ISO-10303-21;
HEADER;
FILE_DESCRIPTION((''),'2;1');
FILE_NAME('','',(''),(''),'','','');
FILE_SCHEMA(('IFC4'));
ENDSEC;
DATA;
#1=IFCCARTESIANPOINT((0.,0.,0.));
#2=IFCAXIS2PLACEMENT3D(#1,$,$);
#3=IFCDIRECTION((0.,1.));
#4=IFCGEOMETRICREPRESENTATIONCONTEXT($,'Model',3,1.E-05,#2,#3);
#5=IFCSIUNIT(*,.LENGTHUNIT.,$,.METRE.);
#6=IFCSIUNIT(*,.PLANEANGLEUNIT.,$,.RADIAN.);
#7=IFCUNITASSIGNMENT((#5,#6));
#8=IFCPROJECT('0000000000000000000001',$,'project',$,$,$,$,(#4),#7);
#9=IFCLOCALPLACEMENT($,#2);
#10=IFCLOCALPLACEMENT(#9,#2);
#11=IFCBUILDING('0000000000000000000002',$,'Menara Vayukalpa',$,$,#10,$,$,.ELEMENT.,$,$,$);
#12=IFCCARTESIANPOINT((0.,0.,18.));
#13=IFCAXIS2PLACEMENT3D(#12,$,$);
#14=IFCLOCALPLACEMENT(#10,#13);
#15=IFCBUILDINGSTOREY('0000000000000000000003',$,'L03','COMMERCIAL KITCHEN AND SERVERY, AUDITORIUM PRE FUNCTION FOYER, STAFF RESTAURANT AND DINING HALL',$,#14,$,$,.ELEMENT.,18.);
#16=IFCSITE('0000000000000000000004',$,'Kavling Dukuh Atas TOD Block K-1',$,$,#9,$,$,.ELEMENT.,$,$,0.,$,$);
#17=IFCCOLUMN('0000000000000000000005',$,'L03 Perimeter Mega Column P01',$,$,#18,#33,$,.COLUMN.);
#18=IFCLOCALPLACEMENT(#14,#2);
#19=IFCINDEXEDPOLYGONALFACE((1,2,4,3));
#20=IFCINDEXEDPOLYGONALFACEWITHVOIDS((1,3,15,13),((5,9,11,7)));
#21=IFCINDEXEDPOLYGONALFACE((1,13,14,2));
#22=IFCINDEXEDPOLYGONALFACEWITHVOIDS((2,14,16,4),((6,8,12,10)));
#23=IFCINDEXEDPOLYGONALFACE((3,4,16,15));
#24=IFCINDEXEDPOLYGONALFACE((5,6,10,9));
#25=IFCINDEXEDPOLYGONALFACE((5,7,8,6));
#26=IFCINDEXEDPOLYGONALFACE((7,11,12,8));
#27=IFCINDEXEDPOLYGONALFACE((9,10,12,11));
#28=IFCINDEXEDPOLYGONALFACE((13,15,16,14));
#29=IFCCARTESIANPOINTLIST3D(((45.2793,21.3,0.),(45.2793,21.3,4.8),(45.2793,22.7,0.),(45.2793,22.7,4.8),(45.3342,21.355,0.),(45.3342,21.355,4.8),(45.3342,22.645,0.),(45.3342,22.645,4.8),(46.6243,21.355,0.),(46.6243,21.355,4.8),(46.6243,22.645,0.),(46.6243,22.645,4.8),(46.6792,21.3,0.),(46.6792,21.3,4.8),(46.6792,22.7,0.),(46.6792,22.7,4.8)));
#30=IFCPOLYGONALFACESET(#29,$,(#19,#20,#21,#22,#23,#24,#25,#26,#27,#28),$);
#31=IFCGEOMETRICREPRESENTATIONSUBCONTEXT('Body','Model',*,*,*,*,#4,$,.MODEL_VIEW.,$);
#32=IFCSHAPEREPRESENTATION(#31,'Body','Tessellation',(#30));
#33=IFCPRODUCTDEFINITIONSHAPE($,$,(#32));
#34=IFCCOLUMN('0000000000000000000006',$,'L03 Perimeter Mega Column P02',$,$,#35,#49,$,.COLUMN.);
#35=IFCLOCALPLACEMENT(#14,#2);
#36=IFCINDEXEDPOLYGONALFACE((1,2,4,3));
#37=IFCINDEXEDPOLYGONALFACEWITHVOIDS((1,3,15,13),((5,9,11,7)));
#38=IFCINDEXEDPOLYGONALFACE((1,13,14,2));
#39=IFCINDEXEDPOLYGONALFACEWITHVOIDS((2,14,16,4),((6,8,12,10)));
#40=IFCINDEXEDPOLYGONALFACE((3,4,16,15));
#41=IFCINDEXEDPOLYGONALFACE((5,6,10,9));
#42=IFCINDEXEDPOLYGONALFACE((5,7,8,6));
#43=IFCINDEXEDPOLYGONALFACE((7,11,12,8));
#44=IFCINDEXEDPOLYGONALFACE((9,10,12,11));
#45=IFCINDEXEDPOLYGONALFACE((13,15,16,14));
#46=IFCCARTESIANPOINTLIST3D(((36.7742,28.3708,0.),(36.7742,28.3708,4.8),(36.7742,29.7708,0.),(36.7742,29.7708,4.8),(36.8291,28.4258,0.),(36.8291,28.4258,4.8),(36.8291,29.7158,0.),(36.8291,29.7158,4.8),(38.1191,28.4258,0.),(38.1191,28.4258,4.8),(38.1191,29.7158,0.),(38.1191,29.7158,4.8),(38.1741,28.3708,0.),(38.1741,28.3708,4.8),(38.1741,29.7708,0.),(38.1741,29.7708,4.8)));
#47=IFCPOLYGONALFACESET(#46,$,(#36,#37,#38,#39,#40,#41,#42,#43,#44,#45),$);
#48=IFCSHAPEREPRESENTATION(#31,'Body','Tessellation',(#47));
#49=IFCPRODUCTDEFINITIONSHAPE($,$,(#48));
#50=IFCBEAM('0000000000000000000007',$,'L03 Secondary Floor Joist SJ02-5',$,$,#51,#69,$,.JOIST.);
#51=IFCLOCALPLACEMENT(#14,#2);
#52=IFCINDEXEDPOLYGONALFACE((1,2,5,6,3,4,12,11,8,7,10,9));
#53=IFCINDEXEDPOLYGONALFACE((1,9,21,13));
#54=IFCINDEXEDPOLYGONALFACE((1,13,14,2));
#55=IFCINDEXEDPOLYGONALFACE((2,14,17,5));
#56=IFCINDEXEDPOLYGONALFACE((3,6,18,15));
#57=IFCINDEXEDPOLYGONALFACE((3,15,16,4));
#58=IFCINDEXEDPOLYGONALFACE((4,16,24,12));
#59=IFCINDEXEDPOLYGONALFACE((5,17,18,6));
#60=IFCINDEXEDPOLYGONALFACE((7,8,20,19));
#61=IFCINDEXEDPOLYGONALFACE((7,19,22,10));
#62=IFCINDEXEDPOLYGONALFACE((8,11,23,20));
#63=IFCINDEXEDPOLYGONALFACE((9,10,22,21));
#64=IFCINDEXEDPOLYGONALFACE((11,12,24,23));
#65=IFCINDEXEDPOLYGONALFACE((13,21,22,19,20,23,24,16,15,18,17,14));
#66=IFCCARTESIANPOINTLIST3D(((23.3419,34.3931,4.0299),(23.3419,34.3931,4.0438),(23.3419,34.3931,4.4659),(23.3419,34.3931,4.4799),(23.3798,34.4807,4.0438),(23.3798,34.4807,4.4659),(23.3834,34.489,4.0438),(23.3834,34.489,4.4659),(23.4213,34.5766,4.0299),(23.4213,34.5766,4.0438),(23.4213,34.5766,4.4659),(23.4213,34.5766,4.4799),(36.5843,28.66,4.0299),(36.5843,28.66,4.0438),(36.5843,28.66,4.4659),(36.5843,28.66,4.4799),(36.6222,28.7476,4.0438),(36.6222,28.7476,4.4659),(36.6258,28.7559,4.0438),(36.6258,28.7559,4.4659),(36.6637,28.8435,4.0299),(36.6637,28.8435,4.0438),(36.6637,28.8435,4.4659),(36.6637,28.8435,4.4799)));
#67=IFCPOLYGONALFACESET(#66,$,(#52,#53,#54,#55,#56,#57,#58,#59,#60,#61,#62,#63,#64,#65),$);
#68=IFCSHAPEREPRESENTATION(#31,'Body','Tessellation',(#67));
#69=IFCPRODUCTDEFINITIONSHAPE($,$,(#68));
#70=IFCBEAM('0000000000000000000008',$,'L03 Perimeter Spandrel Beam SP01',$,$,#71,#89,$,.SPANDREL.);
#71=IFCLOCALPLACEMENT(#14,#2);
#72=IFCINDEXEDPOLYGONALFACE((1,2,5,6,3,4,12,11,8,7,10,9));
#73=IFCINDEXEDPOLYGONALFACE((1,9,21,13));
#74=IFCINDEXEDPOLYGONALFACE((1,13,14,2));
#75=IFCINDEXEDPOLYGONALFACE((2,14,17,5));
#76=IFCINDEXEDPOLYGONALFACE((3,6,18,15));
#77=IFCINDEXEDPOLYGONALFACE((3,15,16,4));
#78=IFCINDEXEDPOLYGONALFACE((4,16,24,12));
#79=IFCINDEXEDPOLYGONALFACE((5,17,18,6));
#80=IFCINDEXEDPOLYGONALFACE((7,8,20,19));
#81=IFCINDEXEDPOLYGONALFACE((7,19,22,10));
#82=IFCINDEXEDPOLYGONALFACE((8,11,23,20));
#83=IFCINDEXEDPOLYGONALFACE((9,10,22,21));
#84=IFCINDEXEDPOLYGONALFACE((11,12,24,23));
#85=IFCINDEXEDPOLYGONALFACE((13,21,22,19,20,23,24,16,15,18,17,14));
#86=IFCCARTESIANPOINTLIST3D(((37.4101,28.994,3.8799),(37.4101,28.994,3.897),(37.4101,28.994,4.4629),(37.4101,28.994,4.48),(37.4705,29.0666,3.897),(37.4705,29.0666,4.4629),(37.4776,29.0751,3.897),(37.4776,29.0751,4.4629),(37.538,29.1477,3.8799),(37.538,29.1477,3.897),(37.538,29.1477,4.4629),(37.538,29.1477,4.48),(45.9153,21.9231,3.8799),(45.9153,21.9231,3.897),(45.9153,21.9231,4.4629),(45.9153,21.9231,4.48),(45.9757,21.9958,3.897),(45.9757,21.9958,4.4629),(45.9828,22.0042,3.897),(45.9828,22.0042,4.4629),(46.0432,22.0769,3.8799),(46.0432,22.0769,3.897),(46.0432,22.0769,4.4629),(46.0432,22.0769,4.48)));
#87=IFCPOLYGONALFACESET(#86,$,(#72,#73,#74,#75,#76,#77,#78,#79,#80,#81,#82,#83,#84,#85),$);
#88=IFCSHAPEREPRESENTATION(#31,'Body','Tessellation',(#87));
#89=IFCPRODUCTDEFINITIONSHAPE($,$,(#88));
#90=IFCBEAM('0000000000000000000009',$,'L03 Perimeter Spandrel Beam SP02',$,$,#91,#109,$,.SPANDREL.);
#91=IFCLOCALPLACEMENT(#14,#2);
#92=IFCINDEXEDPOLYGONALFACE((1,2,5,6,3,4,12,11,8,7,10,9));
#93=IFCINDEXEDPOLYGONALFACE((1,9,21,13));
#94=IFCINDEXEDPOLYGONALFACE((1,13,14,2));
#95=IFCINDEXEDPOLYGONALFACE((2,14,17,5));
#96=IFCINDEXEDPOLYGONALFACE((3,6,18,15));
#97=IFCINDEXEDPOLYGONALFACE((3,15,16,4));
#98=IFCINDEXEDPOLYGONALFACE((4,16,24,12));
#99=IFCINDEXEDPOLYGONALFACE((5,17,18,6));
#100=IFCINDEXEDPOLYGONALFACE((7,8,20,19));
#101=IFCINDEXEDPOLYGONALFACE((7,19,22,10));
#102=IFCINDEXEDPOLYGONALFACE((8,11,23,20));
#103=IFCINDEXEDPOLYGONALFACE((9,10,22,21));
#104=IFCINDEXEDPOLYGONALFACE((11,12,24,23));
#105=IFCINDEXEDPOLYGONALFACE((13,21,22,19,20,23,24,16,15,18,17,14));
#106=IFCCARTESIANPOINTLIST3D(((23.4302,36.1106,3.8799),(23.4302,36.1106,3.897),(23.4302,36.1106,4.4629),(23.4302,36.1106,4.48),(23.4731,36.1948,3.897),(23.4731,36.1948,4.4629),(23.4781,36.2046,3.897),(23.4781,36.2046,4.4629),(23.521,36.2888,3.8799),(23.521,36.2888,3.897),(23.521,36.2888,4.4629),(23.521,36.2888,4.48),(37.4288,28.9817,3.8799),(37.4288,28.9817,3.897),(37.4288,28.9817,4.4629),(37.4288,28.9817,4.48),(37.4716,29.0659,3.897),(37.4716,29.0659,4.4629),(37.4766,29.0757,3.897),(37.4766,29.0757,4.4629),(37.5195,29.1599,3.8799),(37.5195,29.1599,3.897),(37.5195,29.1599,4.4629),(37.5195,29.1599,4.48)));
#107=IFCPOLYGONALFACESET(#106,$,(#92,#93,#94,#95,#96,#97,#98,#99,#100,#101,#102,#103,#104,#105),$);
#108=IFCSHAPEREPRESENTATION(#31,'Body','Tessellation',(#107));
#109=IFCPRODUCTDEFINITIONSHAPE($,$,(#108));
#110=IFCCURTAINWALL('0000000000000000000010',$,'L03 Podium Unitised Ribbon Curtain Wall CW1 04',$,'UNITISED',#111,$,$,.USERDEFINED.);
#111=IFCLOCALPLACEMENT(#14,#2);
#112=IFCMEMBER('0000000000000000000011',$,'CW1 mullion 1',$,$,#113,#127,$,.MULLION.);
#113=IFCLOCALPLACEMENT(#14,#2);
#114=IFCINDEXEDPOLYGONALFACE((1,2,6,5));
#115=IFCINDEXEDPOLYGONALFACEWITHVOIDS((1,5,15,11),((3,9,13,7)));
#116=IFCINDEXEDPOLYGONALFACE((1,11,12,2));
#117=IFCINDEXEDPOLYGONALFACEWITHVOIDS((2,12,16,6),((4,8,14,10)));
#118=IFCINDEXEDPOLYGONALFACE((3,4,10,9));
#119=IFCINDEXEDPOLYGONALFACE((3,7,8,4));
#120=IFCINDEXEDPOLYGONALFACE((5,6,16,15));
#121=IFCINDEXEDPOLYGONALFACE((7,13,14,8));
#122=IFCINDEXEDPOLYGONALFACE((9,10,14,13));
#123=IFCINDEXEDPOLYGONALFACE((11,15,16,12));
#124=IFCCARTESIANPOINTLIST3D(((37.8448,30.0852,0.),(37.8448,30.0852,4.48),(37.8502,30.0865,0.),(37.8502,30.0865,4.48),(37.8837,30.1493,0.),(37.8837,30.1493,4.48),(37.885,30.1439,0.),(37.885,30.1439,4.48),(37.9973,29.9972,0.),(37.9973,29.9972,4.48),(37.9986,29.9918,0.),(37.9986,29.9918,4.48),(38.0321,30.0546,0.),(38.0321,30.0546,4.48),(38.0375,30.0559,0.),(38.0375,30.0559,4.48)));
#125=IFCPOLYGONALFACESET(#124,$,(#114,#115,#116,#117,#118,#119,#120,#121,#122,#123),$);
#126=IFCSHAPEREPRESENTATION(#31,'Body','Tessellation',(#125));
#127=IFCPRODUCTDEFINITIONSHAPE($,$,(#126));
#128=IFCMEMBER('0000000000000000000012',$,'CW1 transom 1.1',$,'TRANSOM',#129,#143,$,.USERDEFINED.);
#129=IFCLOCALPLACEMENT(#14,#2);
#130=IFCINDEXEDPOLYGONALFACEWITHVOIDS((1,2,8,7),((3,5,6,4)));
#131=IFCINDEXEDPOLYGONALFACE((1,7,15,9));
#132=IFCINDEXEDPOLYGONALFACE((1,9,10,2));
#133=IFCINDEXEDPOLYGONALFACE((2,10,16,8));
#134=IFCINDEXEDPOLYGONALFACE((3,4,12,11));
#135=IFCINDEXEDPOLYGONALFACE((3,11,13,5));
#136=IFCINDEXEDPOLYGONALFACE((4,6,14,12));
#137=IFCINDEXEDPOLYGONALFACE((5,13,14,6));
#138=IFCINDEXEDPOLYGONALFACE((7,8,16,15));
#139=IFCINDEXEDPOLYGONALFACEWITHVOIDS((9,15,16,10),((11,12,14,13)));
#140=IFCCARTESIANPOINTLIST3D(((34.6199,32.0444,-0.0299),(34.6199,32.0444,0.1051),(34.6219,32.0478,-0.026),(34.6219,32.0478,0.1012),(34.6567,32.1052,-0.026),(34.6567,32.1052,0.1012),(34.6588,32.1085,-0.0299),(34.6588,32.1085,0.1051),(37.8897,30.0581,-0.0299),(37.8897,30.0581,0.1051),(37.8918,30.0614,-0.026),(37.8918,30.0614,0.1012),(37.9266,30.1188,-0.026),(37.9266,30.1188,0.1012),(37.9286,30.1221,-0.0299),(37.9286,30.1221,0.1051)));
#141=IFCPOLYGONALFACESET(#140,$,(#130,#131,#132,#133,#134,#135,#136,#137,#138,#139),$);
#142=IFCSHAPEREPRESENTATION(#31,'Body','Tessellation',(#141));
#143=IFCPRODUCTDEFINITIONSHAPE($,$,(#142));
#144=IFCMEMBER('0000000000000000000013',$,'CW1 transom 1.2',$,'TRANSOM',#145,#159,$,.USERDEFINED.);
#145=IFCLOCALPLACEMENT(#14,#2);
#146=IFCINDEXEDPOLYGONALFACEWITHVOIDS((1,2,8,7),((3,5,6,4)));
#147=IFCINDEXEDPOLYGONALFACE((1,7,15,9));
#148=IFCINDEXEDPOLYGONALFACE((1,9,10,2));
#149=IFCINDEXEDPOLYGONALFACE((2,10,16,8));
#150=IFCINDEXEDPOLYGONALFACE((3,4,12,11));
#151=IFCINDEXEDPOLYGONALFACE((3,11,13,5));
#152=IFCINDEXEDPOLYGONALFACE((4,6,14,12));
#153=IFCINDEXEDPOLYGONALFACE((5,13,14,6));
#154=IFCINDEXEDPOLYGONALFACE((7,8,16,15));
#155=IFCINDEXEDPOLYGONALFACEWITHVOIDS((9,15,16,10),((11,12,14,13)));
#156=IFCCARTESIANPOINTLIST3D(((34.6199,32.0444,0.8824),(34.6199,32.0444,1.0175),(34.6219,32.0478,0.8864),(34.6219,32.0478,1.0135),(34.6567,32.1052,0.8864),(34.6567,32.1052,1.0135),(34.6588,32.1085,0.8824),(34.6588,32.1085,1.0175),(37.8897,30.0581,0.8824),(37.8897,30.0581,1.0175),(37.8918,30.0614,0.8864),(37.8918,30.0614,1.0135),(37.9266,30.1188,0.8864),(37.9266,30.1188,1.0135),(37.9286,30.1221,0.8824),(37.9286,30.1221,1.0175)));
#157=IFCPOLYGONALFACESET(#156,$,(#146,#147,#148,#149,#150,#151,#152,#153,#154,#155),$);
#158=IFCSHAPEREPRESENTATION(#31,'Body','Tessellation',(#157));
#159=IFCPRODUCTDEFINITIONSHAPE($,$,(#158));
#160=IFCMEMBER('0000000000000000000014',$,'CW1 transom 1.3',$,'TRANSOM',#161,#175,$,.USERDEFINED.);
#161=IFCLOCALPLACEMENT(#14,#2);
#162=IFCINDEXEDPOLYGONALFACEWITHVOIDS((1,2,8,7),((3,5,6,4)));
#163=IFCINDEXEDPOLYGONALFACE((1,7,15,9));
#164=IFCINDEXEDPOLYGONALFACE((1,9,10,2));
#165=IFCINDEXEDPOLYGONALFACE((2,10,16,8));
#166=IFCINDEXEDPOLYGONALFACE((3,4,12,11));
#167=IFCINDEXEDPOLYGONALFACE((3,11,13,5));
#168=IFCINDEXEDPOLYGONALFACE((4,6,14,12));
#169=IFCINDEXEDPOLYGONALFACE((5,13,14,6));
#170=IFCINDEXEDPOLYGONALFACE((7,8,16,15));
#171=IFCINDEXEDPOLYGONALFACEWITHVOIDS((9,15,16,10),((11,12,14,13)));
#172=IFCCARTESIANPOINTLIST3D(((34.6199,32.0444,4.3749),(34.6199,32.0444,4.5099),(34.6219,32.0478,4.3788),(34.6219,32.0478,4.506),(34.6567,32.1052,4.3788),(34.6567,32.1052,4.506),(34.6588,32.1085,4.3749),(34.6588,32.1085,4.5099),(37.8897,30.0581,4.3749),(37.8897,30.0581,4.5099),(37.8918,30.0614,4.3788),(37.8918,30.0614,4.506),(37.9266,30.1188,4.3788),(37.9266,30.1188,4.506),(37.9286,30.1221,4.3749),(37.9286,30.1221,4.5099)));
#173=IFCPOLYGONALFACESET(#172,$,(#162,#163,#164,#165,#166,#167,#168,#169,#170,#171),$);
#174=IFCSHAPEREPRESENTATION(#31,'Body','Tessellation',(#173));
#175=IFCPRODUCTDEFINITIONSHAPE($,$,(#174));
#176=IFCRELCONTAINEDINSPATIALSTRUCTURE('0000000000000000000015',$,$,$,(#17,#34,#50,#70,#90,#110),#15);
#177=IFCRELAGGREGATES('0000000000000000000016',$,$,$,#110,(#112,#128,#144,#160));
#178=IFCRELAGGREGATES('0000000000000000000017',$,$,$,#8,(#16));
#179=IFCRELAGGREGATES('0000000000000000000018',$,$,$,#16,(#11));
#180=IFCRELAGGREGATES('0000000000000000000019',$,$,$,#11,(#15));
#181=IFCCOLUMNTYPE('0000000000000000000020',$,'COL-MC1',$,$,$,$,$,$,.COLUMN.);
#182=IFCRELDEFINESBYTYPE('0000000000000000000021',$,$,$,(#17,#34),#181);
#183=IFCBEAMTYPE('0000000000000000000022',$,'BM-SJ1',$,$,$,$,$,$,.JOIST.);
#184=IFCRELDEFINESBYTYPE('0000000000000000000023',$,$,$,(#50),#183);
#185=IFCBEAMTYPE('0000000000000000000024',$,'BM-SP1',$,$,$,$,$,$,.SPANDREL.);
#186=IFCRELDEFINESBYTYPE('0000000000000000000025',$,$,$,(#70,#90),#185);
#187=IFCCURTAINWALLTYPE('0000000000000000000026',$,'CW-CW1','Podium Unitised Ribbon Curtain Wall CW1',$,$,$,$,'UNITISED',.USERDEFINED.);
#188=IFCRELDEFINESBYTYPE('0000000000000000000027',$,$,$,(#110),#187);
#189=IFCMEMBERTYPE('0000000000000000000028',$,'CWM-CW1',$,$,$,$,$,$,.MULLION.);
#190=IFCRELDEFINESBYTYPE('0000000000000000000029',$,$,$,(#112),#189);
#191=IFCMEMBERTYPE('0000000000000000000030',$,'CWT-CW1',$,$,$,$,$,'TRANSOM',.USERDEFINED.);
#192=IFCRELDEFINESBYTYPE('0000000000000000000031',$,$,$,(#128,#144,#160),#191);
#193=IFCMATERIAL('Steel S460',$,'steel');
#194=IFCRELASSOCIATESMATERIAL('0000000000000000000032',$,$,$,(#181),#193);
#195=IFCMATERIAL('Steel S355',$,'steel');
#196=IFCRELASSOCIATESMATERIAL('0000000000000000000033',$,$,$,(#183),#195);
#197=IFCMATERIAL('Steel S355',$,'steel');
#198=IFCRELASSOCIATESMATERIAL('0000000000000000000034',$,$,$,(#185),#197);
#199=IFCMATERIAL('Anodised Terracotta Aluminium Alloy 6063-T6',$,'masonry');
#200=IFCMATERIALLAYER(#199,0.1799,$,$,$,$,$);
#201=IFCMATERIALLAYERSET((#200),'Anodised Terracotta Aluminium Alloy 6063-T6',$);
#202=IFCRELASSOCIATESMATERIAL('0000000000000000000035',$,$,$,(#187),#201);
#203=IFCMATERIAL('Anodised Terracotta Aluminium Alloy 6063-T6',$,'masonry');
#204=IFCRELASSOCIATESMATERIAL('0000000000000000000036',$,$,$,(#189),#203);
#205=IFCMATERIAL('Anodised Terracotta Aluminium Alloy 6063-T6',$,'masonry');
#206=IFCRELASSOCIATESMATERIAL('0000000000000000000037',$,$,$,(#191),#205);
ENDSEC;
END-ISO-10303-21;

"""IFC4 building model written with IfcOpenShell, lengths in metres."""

from ifc_helpers import new_model, si_unit, direction, frame, origin, origin_2d, place, context, subcontext, project, spatial, hollow_rectangle, i_section, extrude, material, layer, layer_set, material_profile, profile_set, type_object, element, aggregate, save


model = new_model("IFC4")

# Units and contexts
model_context = context("Model", 3, precision=1e-05, world=origin(), true_north=direction((0.0, 1.0)))
body_context = subcontext(model_context, "Body", "Model", "MODEL_VIEW")
ifc_project = project(units=[si_unit("LENGTHUNIT", "METRE"), si_unit("PLANEANGLEUNIT", "RADIAN")], contexts=[model_context])

# Site, building, storey
site_placement = place(None, origin())
site = spatial("IfcSite", under=ifc_project, at=site_placement, Name="Kavling Dukuh Atas TOD Block K-1", CompositionType="ELEMENT", RefElevation=0.0)
building_placement = place(site_placement, origin())
building = spatial("IfcBuilding", under=site, at=building_placement, Name="Menara Vayukalpa", CompositionType="ELEMENT")
storey_placement = place(building_placement, frame((0.0, 0.0, 18.0)))
storey = spatial("IfcBuildingStorey", under=building, at=storey_placement, Name="L03", Description="COMMERCIAL KITCHEN AND SERVERY, AUDITORIUM PRE FUNCTION FOYER, STAFF RESTAURANT AND DINING HALL", CompositionType="ELEMENT", Elevation=18.0)

# Columns
ifc_material_1 = material(Name="Steel S460", Category="steel")
ifc_material_profile_1 = material_profile(ifc_material_1, hollow_rectangle(XDim=1.3999, YDim=1.3999, WallThickness=0.0549, at=origin_2d()), Name="BOX 1400x1400x55")
ifc_profile_set_1 = profile_set([ifc_material_profile_1], Name="Steel S460")
column_type = type_object("IfcColumnType", Name="COL-MC1", PredefinedType="COLUMN", material=ifc_profile_set_1)
for number, where, z_axis, x_axis, name in (
    (1, (45.9792, 22.0, 0.0), (0.0, 0.0, 1.0), (1.0, 0.0, 0.0), "L03 Perimeter Mega Column P01"),
    (2, (37.4741, 29.0708, 0.0), (0.0, 0.0, 1.0), (1.0, 0.0, 0.0), "L03 Perimeter Mega Column P02"),
):
    element("IfcColumn", number, at=place(storey_placement, frame(where, z_axis=z_axis, x_axis=x_axis)), inside=storey, type_object=column_type, Name=name, PredefinedType="COLUMN", context=body_context, shape_type="SweptSolid", body=[
        extrude(hollow_rectangle(XDim=1.3999, YDim=1.3999, WallThickness=0.0549, at=origin_2d()), origin(), (0.0, 0.0, 1.0), 4.8),
    ])

# Beams
ifc_material_2 = material(Name="Steel S355", Category="steel")
ifc_material_profile_2 = material_profile(ifc_material_2, i_section(OverallWidth=0.2, OverallDepth=0.45, WebThickness=0.009, FlangeThickness=0.0139, at=origin_2d()), Name="WF 450x200x9x14")
ifc_profile_set_2 = profile_set([ifc_material_profile_2], Name="Steel S355")
beam_type_1 = type_object("IfcBeamType", Name="BM-SJ1", PredefinedType="JOIST", material=ifc_profile_set_2)
beam_1_placement = place(storey_placement, frame((36.624, 28.7517, 4.2549), z_axis=(-0.917688, 0.397302, 0.0), x_axis=(-0.397302, -0.917688, 0.0)))
element("IfcBeam", 3, at=beam_1_placement, inside=storey, type_object=beam_type_1, Name="L03 Secondary Floor Joist SJ02-5", PredefinedType="JOIST", context=body_context, shape_type="SweptSolid", body=[
    extrude(i_section(OverallWidth=0.2, OverallDepth=0.45, WebThickness=0.009, FlangeThickness=0.0139, at=origin_2d()), origin(), (0.0, 0.0, 1.0), 14.4302),
])
ifc_material_3 = material(Name="Steel S355", Category="steel")
ifc_material_profile_3 = material_profile(ifc_material_3, i_section(OverallWidth=0.2, OverallDepth=0.6001, WebThickness=0.011, FlangeThickness=0.0171, at=origin_2d()), Name="WF 600x200x11x17")
ifc_profile_set_3 = profile_set([ifc_material_profile_3], Name="Steel S355")
beam_type_2 = type_object("IfcBeamType", Name="BM-SP1", PredefinedType="SPANDREL", material=ifc_profile_set_3)
beam_2_placement = place(storey_placement, frame((45.9792, 22.0, 4.1799), z_axis=(-0.768968, 0.639287, 0.0), x_axis=(-0.639287, -0.768968, 0.0)))
element("IfcBeam", 4, at=beam_2_placement, inside=storey, type_object=beam_type_2, Name="L03 Perimeter Spandrel Beam SP01", PredefinedType="SPANDREL", context=body_context, shape_type="SweptSolid", body=[
    extrude(i_section(OverallWidth=0.2, OverallDepth=0.6001, WebThickness=0.011, FlangeThickness=0.0171, at=origin_2d()), origin(), (0.0, 0.0, 1.0), 11.0605),
])
beam_3_placement = place(storey_placement, frame((37.4741, 29.0708, 4.1799), z_axis=(-0.891102, 0.453803, 0.0), x_axis=(-0.453803, -0.891102, 0.0)))
element("IfcBeam", 5, at=beam_3_placement, inside=storey, type_object=beam_type_2, Name="L03 Perimeter Spandrel Beam SP02", PredefinedType="SPANDREL", context=body_context, shape_type="SweptSolid", body=[
    extrude(i_section(OverallWidth=0.2, OverallDepth=0.6001, WebThickness=0.011, FlangeThickness=0.0171, at=origin_2d()), origin(), (0.0, 0.0, 1.0), 15.7092),
])

# Curtain wall, members
ifc_material_4 = material(Name="Anodised Terracotta Aluminium Alloy 6063-T6", Category="masonry")
ifc_layer_1 = layer(ifc_material_4, 0.1799)
ifc_layer_set_1 = layer_set([ifc_layer_1], Name="Anodised Terracotta Aluminium Alloy 6063-T6")
curtain_wall_type = type_object("IfcCurtainWallType", Name="CW-CW1", Description="Podium Unitised Ribbon Curtain Wall CW1", ElementType="UNITISED", PredefinedType="USERDEFINED", material=ifc_layer_set_1)
curtain_wall_placement = place(storey_placement, origin())
curtain_wall = element("IfcCurtainWall", 6, at=curtain_wall_placement, inside=storey, type_object=curtain_wall_type, Name="L03 Podium Unitised Ribbon Curtain Wall CW1 04", ObjectType="UNITISED", PredefinedType="USERDEFINED")
ifc_material_5 = material(Name="Anodised Terracotta Aluminium Alloy 6063-T6", Category="masonry")
ifc_material_profile_4 = material_profile(ifc_material_5, hollow_rectangle(XDim=0.075, YDim=0.1799, WallThickness=0.0039, at=origin_2d()), Name="ALU 75x180x4")
ifc_profile_set_4 = profile_set([ifc_material_profile_4], Name="Anodised Terracotta Aluminium Alloy 6063-T6")
member_type_1 = type_object("IfcMemberType", Name="CWM-CW1", PredefinedType="MULLION", material=ifc_profile_set_4)
member_1_placement = place(storey_placement, frame((37.9412, 30.0706, 0.0), z_axis=(0.0, 0.0, 1.0), x_axis=(-0.51918, -0.854665, 0.0)))
member_1 = element("IfcMember", 7, at=member_1_placement, type_object=member_type_1, Name="CW1 mullion 1", PredefinedType="MULLION", context=body_context, shape_type="SweptSolid", body=[
    extrude(hollow_rectangle(XDim=0.075, YDim=0.1799, WallThickness=0.0039, at=origin_2d()), origin(), (0.0, 0.0, 1.0), 4.48),
])
ifc_material_6 = material(Name="Anodised Terracotta Aluminium Alloy 6063-T6", Category="masonry")
ifc_material_profile_5 = material_profile(ifc_material_6, hollow_rectangle(XDim=0.075, YDim=0.135, WallThickness=0.0039, at=origin_2d()), Name="ALU 75x135x4")
ifc_profile_set_5 = profile_set([ifc_material_profile_5], Name="Anodised Terracotta Aluminium Alloy 6063-T6")
member_type_2 = type_object("IfcMemberType", Name="CWT-CW1", ElementType="TRANSOM", PredefinedType="USERDEFINED", material=ifc_profile_set_5)
member_2_placement = place(storey_placement, frame((37.9092, 30.0901, 0.0376), z_axis=(-0.854659, 0.51919, 0.0), x_axis=(-0.51919, -0.854659, 0.0)))
member_2 = element("IfcMember", 8, at=member_2_placement, type_object=member_type_2, Name="CW1 transom 1.1", ObjectType="TRANSOM", PredefinedType="USERDEFINED", context=body_context, shape_type="SweptSolid", body=[
    extrude(hollow_rectangle(XDim=0.075, YDim=0.135, WallThickness=0.0039, at=origin_2d()), origin(), (0.0, 0.0, 1.0), 3.8259),
])
member_3_placement = place(storey_placement, frame((37.9092, 30.0901, 0.95), z_axis=(-0.854659, 0.51919, 0.0), x_axis=(-0.51919, -0.854659, 0.0)))
member_3 = element("IfcMember", 9, at=member_3_placement, type_object=member_type_2, Name="CW1 transom 1.2", ObjectType="TRANSOM", PredefinedType="USERDEFINED", context=body_context, shape_type="SweptSolid", body=[
    extrude(hollow_rectangle(XDim=0.075, YDim=0.135, WallThickness=0.0039, at=origin_2d()), origin(), (0.0, 0.0, 1.0), 3.8259),
])
member_4_placement = place(storey_placement, frame((37.9092, 30.0901, 4.4424), z_axis=(-0.854659, 0.51919, 0.0), x_axis=(-0.51919, -0.854659, 0.0)))
member_4 = element("IfcMember", 10, at=member_4_placement, type_object=member_type_2, Name="CW1 transom 1.3", ObjectType="TRANSOM", PredefinedType="USERDEFINED", context=body_context, shape_type="SweptSolid", body=[
    extrude(hollow_rectangle(XDim=0.075, YDim=0.135, WallThickness=0.0039, at=origin_2d()), origin(), (0.0, 0.0, 1.0), 3.8259),
])
aggregate(curtain_wall, [member_1, member_2, member_3, member_4])

save(model, "model.ifc")
